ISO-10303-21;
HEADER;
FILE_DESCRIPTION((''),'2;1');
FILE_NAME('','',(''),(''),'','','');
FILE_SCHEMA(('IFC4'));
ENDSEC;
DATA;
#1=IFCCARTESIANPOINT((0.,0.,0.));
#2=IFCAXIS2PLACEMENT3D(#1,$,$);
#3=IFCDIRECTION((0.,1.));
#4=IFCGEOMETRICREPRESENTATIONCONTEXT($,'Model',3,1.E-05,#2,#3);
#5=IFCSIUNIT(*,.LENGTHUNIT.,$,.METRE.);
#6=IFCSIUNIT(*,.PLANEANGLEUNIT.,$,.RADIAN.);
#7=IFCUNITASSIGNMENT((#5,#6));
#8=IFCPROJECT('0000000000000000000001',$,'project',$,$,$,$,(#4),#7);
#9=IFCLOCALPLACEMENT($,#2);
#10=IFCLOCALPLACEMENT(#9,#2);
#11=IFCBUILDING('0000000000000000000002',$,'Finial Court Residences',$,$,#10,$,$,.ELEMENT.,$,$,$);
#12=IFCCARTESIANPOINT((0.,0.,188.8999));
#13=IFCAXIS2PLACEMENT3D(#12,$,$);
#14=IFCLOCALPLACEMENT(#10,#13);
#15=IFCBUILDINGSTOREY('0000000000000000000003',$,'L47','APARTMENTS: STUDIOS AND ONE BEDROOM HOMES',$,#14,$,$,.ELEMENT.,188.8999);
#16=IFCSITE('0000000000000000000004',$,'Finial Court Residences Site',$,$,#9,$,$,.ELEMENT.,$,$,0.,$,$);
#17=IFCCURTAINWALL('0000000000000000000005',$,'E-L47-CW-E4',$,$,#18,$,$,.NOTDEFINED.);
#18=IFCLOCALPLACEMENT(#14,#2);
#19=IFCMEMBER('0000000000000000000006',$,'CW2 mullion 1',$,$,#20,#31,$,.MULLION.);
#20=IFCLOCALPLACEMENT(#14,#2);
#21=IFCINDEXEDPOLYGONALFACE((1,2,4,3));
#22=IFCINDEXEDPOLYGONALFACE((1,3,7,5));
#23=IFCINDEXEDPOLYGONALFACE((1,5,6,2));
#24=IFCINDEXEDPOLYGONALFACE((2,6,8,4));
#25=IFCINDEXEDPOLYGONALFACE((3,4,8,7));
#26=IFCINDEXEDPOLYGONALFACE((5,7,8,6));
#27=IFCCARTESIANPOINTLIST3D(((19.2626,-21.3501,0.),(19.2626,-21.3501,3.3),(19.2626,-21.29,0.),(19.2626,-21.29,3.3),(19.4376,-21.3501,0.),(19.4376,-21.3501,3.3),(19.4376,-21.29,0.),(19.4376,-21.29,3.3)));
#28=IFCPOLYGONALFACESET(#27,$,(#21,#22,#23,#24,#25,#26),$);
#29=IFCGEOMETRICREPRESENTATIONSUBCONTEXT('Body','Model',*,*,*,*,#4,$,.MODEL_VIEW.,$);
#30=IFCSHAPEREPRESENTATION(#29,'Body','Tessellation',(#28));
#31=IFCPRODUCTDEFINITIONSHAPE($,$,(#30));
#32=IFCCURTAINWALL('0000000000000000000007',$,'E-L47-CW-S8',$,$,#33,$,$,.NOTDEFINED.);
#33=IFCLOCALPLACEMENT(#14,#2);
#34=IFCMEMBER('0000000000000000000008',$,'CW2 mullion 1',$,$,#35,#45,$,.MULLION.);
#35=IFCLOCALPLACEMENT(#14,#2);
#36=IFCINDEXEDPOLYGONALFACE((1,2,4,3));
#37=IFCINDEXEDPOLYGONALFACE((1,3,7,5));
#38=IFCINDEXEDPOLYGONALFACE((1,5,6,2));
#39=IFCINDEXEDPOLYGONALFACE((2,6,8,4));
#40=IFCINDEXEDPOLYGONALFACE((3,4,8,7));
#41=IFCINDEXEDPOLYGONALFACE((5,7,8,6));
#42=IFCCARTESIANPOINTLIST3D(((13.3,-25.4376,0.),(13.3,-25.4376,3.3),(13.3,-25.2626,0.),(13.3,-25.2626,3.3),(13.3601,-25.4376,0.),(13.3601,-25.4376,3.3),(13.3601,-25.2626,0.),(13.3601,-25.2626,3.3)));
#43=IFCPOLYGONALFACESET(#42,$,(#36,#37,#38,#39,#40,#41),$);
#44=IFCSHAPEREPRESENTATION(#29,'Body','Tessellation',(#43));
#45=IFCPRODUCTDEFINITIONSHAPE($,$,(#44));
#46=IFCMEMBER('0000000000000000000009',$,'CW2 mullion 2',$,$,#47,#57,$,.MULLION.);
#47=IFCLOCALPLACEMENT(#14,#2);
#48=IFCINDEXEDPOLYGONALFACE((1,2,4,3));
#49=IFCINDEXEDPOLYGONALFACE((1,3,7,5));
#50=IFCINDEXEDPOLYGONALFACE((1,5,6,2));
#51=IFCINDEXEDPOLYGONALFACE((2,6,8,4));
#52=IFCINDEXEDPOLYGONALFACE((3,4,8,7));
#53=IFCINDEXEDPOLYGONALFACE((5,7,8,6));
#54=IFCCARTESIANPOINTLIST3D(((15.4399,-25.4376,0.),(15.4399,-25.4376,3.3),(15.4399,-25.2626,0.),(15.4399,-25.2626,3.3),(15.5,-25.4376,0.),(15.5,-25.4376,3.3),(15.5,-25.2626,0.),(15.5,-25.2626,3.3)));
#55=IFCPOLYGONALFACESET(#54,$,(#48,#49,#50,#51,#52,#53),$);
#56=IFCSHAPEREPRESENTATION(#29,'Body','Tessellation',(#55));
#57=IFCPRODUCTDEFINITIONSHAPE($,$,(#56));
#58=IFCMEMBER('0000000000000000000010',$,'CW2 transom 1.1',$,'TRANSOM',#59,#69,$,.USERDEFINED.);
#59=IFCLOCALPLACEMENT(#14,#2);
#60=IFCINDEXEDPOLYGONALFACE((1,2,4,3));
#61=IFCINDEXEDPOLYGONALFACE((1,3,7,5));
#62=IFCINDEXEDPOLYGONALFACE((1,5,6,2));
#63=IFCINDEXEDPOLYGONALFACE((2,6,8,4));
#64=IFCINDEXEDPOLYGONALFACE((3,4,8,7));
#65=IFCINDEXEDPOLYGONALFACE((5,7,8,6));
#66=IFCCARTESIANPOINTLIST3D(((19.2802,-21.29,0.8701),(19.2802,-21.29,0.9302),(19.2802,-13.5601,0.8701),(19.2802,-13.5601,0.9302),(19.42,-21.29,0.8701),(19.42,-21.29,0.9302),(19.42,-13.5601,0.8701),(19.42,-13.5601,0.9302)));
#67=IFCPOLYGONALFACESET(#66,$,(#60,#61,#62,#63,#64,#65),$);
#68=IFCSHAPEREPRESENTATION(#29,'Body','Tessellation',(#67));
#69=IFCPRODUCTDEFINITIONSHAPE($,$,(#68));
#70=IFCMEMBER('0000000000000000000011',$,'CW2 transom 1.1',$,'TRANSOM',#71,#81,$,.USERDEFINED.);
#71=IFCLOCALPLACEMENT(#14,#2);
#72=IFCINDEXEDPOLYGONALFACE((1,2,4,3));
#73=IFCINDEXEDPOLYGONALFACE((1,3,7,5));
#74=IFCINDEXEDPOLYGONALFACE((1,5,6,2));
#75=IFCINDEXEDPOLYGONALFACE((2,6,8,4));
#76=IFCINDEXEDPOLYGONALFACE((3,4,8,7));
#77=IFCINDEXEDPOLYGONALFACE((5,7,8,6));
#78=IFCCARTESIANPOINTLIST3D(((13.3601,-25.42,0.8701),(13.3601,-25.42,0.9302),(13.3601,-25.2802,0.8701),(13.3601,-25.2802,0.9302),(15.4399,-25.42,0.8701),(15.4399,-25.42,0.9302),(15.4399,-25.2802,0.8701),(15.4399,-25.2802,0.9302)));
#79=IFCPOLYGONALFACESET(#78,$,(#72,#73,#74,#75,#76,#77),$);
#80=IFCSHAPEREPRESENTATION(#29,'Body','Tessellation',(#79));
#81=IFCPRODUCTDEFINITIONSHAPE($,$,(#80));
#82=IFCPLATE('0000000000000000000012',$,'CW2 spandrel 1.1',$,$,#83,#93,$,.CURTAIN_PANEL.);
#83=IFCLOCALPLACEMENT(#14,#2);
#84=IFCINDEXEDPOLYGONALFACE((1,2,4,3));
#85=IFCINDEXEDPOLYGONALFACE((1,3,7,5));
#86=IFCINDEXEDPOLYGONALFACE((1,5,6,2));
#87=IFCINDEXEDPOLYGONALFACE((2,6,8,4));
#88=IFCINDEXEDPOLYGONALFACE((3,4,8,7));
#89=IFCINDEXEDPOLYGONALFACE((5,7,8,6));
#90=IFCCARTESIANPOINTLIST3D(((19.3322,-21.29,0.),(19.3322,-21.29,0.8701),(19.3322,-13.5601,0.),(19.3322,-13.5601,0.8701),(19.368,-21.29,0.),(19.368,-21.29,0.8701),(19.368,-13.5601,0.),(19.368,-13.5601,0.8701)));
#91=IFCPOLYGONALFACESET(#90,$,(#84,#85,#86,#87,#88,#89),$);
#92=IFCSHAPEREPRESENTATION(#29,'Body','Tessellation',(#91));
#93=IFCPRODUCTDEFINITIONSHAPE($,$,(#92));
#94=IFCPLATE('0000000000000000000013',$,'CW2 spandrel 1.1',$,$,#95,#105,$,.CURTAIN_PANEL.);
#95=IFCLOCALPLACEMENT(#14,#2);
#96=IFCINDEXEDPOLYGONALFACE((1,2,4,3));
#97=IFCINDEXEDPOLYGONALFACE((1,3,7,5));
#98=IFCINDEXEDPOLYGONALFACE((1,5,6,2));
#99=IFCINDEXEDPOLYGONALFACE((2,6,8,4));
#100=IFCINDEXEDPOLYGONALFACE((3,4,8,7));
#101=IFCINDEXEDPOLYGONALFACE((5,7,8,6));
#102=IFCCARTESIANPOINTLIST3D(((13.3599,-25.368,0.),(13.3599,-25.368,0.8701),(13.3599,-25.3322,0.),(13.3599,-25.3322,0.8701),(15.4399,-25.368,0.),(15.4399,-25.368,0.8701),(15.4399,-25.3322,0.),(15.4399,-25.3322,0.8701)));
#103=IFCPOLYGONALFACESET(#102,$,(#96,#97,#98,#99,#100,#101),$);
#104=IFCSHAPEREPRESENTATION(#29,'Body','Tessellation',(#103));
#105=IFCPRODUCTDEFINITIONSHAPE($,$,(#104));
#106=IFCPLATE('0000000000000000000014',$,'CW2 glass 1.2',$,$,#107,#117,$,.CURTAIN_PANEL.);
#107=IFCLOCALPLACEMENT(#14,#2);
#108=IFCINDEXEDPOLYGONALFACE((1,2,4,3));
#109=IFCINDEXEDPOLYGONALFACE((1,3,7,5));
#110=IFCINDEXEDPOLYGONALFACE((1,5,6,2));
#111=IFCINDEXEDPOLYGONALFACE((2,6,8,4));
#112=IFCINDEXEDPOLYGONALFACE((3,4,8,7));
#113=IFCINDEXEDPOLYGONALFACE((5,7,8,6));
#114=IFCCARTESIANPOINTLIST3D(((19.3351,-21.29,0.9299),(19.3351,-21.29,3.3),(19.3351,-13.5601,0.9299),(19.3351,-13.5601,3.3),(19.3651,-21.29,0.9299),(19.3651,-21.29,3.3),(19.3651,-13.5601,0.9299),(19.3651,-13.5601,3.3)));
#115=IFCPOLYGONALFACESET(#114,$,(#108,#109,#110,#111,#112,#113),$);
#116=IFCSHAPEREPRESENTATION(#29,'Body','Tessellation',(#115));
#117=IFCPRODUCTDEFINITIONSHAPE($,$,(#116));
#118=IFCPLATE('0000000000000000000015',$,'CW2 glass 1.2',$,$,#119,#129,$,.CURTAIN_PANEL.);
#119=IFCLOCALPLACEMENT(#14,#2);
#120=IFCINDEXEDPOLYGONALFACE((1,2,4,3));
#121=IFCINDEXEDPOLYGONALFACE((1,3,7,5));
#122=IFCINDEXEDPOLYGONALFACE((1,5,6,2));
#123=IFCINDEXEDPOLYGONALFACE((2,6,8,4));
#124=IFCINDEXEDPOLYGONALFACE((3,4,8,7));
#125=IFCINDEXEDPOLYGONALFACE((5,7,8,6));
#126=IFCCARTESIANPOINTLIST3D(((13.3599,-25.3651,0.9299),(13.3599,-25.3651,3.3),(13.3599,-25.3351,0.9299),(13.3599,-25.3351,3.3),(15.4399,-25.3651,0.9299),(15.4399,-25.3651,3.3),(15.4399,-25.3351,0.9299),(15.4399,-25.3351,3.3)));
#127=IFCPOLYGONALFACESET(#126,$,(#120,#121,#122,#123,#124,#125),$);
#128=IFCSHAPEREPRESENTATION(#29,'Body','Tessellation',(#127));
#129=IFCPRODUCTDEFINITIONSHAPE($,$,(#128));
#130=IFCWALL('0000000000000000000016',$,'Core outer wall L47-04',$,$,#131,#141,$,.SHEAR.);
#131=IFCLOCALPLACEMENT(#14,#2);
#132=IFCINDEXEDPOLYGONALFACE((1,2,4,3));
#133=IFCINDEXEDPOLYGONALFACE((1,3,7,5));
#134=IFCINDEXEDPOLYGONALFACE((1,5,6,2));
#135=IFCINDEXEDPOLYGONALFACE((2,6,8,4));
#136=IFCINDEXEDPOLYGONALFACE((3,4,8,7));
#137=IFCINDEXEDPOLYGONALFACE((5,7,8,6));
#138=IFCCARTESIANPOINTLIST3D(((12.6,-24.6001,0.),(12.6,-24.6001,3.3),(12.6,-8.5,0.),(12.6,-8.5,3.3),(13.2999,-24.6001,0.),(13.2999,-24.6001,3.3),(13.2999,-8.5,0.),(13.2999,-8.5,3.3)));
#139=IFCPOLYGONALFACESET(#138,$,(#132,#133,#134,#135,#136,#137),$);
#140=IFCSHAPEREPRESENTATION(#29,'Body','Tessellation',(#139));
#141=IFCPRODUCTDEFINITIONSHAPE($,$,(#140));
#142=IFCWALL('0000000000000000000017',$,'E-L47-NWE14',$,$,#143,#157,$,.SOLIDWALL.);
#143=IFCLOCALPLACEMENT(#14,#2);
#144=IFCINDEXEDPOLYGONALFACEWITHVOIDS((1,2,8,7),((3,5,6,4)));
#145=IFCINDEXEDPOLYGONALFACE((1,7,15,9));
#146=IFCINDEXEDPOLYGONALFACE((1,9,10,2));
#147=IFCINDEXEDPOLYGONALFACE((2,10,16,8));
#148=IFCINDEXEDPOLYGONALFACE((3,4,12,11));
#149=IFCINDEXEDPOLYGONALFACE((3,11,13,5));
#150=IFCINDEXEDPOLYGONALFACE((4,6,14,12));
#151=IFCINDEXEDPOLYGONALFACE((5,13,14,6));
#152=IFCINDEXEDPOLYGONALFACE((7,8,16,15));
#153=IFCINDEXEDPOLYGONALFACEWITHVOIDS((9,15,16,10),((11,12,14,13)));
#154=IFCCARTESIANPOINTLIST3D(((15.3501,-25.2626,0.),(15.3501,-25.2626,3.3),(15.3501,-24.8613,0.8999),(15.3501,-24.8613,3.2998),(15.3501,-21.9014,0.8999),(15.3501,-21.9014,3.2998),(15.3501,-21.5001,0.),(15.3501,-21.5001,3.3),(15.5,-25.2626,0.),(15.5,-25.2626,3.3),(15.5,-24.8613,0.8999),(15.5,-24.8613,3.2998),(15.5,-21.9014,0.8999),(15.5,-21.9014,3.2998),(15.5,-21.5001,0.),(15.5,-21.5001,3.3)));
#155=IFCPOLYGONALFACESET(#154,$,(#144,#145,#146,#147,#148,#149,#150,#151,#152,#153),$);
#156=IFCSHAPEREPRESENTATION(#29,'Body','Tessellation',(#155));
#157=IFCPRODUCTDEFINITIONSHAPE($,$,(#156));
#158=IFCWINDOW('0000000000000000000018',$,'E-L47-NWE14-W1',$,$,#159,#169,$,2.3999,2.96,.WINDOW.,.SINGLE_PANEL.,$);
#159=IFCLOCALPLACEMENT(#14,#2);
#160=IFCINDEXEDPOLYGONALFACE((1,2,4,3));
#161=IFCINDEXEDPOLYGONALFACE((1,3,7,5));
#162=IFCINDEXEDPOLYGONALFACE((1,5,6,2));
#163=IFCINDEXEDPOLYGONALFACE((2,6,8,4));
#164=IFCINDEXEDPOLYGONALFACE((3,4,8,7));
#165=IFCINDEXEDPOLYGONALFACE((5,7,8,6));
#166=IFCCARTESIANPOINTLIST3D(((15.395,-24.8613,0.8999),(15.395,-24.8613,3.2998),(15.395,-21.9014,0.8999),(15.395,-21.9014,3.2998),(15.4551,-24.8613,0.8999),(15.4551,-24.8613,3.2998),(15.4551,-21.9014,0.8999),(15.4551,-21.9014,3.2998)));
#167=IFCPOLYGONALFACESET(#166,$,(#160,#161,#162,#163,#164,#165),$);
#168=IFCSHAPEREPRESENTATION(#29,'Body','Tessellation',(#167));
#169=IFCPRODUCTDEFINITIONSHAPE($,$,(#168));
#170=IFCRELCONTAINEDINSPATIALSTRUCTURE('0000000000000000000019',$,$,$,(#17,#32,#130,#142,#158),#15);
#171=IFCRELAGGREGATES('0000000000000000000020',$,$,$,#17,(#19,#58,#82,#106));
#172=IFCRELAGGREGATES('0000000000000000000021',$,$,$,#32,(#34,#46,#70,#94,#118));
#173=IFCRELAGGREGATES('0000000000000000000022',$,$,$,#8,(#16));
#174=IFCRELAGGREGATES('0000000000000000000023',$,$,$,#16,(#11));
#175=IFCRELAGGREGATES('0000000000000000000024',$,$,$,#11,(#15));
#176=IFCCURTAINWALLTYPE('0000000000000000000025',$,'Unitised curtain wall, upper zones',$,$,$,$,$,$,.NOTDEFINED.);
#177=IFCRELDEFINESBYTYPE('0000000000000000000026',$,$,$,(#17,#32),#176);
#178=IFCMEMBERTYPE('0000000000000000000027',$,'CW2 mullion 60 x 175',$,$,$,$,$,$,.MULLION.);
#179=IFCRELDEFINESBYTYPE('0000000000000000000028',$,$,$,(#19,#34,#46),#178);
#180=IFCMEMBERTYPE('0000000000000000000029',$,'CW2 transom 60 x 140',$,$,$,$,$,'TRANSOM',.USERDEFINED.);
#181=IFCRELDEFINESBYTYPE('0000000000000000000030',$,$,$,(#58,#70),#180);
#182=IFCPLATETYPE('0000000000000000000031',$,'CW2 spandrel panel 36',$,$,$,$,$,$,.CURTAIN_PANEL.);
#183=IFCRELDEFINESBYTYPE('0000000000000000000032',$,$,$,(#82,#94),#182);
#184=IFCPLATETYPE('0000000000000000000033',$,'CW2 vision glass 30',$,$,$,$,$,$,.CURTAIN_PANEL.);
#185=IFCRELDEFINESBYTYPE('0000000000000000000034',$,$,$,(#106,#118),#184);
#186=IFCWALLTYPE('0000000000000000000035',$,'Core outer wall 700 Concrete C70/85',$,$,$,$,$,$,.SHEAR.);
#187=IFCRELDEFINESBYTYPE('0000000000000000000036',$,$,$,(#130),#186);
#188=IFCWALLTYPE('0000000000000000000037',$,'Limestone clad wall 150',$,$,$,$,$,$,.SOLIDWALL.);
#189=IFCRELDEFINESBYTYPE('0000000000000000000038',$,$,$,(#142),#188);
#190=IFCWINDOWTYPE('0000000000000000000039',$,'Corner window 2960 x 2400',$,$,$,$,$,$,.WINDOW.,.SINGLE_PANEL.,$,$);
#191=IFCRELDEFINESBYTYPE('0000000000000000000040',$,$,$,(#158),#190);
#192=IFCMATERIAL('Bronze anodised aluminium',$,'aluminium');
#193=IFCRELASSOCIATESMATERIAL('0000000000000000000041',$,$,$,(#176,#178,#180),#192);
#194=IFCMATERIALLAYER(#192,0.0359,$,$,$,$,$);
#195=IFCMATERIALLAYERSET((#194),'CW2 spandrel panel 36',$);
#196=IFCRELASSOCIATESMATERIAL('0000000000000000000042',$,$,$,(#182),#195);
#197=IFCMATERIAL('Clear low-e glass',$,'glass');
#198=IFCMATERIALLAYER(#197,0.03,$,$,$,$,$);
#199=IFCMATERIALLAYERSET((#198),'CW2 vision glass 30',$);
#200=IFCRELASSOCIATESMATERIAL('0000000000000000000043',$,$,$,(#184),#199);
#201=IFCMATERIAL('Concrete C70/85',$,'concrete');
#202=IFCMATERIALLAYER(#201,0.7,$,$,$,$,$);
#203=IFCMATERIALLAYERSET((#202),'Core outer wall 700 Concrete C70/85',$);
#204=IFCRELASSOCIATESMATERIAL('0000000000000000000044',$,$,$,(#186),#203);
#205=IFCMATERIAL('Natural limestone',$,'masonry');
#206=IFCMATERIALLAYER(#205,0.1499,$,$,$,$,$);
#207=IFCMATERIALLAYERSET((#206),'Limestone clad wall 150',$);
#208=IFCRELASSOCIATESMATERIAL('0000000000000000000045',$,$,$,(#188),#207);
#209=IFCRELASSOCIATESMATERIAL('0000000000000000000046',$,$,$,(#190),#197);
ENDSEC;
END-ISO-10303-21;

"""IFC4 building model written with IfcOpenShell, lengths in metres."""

from ifc_helpers import new_model, si_unit, direction, frame, frame_2d, origin, origin_2d, place, context, subcontext, project, spatial, rectangle, extrude, material, layer, layer_set, material_profile, profile_set, type_object, element, fill, aggregate, save


model = new_model("IFC4")

# Units and contexts
model_context = context("Model", 3, precision=1e-05, world=origin(), true_north=direction((0.0, 1.0)))
body_context = subcontext(model_context, "Body", "Model", "MODEL_VIEW")
ifc_project = project(units=[si_unit("LENGTHUNIT", "METRE"), si_unit("PLANEANGLEUNIT", "RADIAN")], contexts=[model_context])

# Site, building, storey
site_placement = place(None, origin())
site = spatial("IfcSite", under=ifc_project, at=site_placement, Name="Finial Court Residences Site", CompositionType="ELEMENT", RefElevation=0.0)
building_placement = place(site_placement, origin())
building = spatial("IfcBuilding", under=site, at=building_placement, Name="Finial Court Residences", CompositionType="ELEMENT")
storey_placement = place(building_placement, frame((0.0, 0.0, 188.8999)))
storey = spatial("IfcBuildingStorey", under=building, at=storey_placement, Name="L47", Description="APARTMENTS: STUDIOS AND ONE BEDROOM HOMES", CompositionType="ELEMENT", Elevation=188.8999)

# Curtain wall, member
ifc_material_1 = material(Name="Bronze anodised aluminium", Category="aluminium")
curtain_wall_type = type_object("IfcCurtainWallType", Name="Unitised curtain wall, upper zones", PredefinedType="NOTDEFINED", material=ifc_material_1)
curtain_wall_1_placement = place(storey_placement, origin())
curtain_wall_1 = element("IfcCurtainWall", 1, at=curtain_wall_1_placement, inside=storey, type_object=curtain_wall_type, Name="E-L47-CW-E4", PredefinedType="NOTDEFINED")
ifc_material_profile_1 = material_profile(ifc_material_1, rectangle(XDim=0.175, YDim=0.0601, at=origin_2d()), Name="CW2 mullion 60 x 175")
ifc_profile_set_1 = profile_set([ifc_material_profile_1], Name="Bronze anodised aluminium")
member_type_1 = type_object("IfcMemberType", Name="CW2 mullion 60 x 175", PredefinedType="MULLION", material=ifc_profile_set_1)
member_1_placement = place(storey_placement, frame((19.3501, -21.3201, 0.0), z_axis=(0.0, 0.0, 1.0), x_axis=(-1.0, 0.0, 0.0)))
member_1 = element("IfcMember", 2, at=member_1_placement, type_object=member_type_1, Name="CW2 mullion 1", PredefinedType="MULLION", context=body_context, shape_type="SweptSolid", body=[
    extrude(rectangle(XDim=0.175, YDim=0.0601, at=origin_2d()), origin(), (0.0, 0.0, 1.0), 3.3),
])

# Curtain wall, members
curtain_wall_2_placement = place(storey_placement, origin())
curtain_wall_2 = element("IfcCurtainWall", 3, at=curtain_wall_2_placement, inside=storey, type_object=curtain_wall_type, Name="E-L47-CW-S8", PredefinedType="NOTDEFINED")
member_2_placement = place(storey_placement, frame((13.3301, -25.3501, 0.0), z_axis=(0.0, 0.0, 1.0), x_axis=(0.0, 1.0, 0.0)))
member_2 = element("IfcMember", 4, at=member_2_placement, type_object=member_type_1, Name="CW2 mullion 1", PredefinedType="MULLION", context=body_context, shape_type="SweptSolid", body=[
    extrude(rectangle(XDim=0.175, YDim=0.0601, at=origin_2d()), origin(), (0.0, 0.0, 1.0), 3.3),
])
member_3_placement = place(storey_placement, frame((15.47, -25.3501, 0.0), z_axis=(0.0, 0.0, 1.0), x_axis=(0.0, 1.0, 0.0)))
member_3 = element("IfcMember", 5, at=member_3_placement, type_object=member_type_1, Name="CW2 mullion 2", PredefinedType="MULLION", context=body_context, shape_type="SweptSolid", body=[
    extrude(rectangle(XDim=0.175, YDim=0.0601, at=origin_2d()), origin(), (0.0, 0.0, 1.0), 3.3),
])

# Members
ifc_material_profile_2 = material_profile(ifc_material_1, rectangle(XDim=0.1399, YDim=0.0601, at=origin_2d()), Name="CW2 transom 60 x 140")
ifc_profile_set_2 = profile_set([ifc_material_profile_2], Name="Bronze anodised aluminium")
member_type_2 = type_object("IfcMemberType", Name="CW2 transom 60 x 140", ElementType="TRANSOM", PredefinedType="USERDEFINED", material=ifc_profile_set_2)
member_4_placement = place(storey_placement, frame((19.3501, -21.29, 0.9001), z_axis=(0.0, 1.0, 0.0), x_axis=(-1.0, 0.0, 0.0)))
member_4 = element("IfcMember", 6, at=member_4_placement, type_object=member_type_2, Name="CW2 transom 1.1", ObjectType="TRANSOM", PredefinedType="USERDEFINED", context=body_context, shape_type="SweptSolid", body=[
    extrude(rectangle(XDim=0.1399, YDim=0.0601, at=origin_2d()), origin(), (0.0, 0.0, 1.0), 7.73),
])
member_5_placement = place(storey_placement, frame((13.3601, -25.3501, 0.9001), z_axis=(1.0, 0.0, 0.0), x_axis=(0.0, 1.0, 0.0)))
member_5 = element("IfcMember", 7, at=member_5_placement, type_object=member_type_2, Name="CW2 transom 1.1", ObjectType="TRANSOM", PredefinedType="USERDEFINED", context=body_context, shape_type="SweptSolid", body=[
    extrude(rectangle(XDim=0.1399, YDim=0.0601, at=origin_2d()), origin(), (0.0, 0.0, 1.0), 2.0798),
])

# Plates
ifc_layer_1 = layer(ifc_material_1, 0.0359)
ifc_layer_set_1 = layer_set([ifc_layer_1], Name="CW2 spandrel panel 36")
plate_type_1 = type_object("IfcPlateType", Name="CW2 spandrel panel 36", PredefinedType="CURTAIN_PANEL", material=ifc_layer_set_1)
plate_1_placement = place(storey_placement, frame((19.3501, -17.425, 0.0), z_axis=(0.0, 0.0, 1.0), x_axis=(0.0, 1.0, 0.0)))
plate_1 = element("IfcPlate", 8, at=plate_1_placement, type_object=plate_type_1, Name="CW2 spandrel 1.1", PredefinedType="CURTAIN_PANEL", context=body_context, shape_type="SweptSolid", body=[
    extrude(rectangle(XDim=7.73, YDim=0.0359, at=origin_2d()), origin(), (0.0, 0.0, 1.0), 0.8701),
])
plate_2_placement = place(storey_placement, frame((14.3999, -25.3501, 0.0), z_axis=(0.0, 0.0, 1.0), x_axis=(1.0, 0.0, 0.0)))
plate_2 = element("IfcPlate", 9, at=plate_2_placement, type_object=plate_type_1, Name="CW2 spandrel 1.1", PredefinedType="CURTAIN_PANEL", context=body_context, shape_type="SweptSolid", body=[
    extrude(rectangle(XDim=2.0801, YDim=0.0359, at=origin_2d()), origin(), (0.0, 0.0, 1.0), 0.8701),
])
ifc_material_2 = material(Name="Clear low-e glass", Category="glass")
ifc_layer_2 = layer(ifc_material_2, 0.03)
ifc_layer_set_2 = layer_set([ifc_layer_2], Name="CW2 vision glass 30")
plate_type_2 = type_object("IfcPlateType", Name="CW2 vision glass 30", PredefinedType="CURTAIN_PANEL", material=ifc_layer_set_2)
plate_3_placement = place(storey_placement, frame((19.3501, -17.425, 0.9299), z_axis=(0.0, 0.0, 1.0), x_axis=(0.0, 1.0, 0.0)))
plate_3 = element("IfcPlate", 10, at=plate_3_placement, type_object=plate_type_2, Name="CW2 glass 1.2", PredefinedType="CURTAIN_PANEL", context=body_context, shape_type="SweptSolid", body=[
    extrude(rectangle(XDim=7.73, YDim=0.03, at=origin_2d()), origin(), (0.0, 0.0, 1.0), 2.3701),
])
aggregate(curtain_wall_1, [member_1, member_4, plate_1, plate_3])
plate_4_placement = place(storey_placement, frame((14.3999, -25.3501, 0.9299), z_axis=(0.0, 0.0, 1.0), x_axis=(1.0, 0.0, 0.0)))
plate_4 = element("IfcPlate", 11, at=plate_4_placement, type_object=plate_type_2, Name="CW2 glass 1.2", PredefinedType="CURTAIN_PANEL", context=body_context, shape_type="SweptSolid", body=[
    extrude(rectangle(XDim=2.0801, YDim=0.03, at=origin_2d()), origin(), (0.0, 0.0, 1.0), 2.3701),
])
aggregate(curtain_wall_2, [member_2, member_3, member_5, plate_2, plate_4])

# Wall
ifc_material_3 = material(Name="Concrete C70/85", Category="concrete")
ifc_layer_3 = layer(ifc_material_3, 0.7)
ifc_layer_set_3 = layer_set([ifc_layer_3], Name="Core outer wall 700 Concrete C70/85")
wall_type_1 = type_object("IfcWallType", Name="Core outer wall 700 Concrete C70/85", PredefinedType="SHEAR", material=ifc_layer_set_3)
wall_1_placement = place(storey_placement, frame((12.95, -24.6001, 0.0), z_axis=(0.0, 0.0, 1.0), x_axis=(0.0, 1.0, 0.0)))
element("IfcWall", 12, at=wall_1_placement, inside=storey, type_object=wall_type_1, Name="Core outer wall L47-04", PredefinedType="SHEAR", context=body_context, shape_type="SweptSolid", body=[
    extrude(rectangle(XDim=16.1001, YDim=0.7, at=frame_2d((8.05, 0.0))), origin(), (0.0, 0.0, 1.0), 3.3),
])

# Wall, opening, window
ifc_material_4 = material(Name="Natural limestone", Category="masonry")
ifc_layer_4 = layer(ifc_material_4, 0.1499)
ifc_layer_set_4 = layer_set([ifc_layer_4], Name="Limestone clad wall 150")
wall_type_2 = type_object("IfcWallType", Name="Limestone clad wall 150", PredefinedType="SOLIDWALL", material=ifc_layer_set_4)
wall_2_placement = place(storey_placement, frame((15.425, -21.5, 0.0), z_axis=(0.0, 0.0, 1.0), x_axis=(0.0, -1.0, 0.0)))
wall_2 = element("IfcWall", 13, at=wall_2_placement, inside=storey, type_object=wall_type_2, Name="E-L47-NWE14", PredefinedType="SOLIDWALL", context=body_context, shape_type="SweptSolid", body=[
    extrude(rectangle(XDim=3.7625, YDim=0.1499, at=frame_2d((1.8813, 0.0))), origin(), (0.0, 0.0, 1.0), 3.3),
])
opening_1_placement = place(wall_2_placement, frame((0.4014, 0.0, 0.8999)))
opening_1 = element("IfcOpeningElement", 14, at=opening_1_placement, cuts=wall_2, PredefinedType="OPENING", context=body_context, shape_type="SweptSolid", body=[
    extrude(rectangle(XDim=2.96, YDim=2.3999, at=frame_2d((1.48, 1.2))), frame((0.0, 0.085, 0.0), z_axis=(0.0, -1.0, 0.0), x_axis=(1.0, 0.0, 0.0)), (0.0, 0.0, 1.0), 0.1699),
])
window_type_1 = type_object("IfcWindowType", Name="Corner window 2960 x 2400", PartitioningType="SINGLE_PANEL", PredefinedType="WINDOW", material=ifc_material_2)
window_1_placement = place(opening_1_placement, origin())
window_1 = element("IfcWindow", 15, at=window_1_placement, inside=storey, type_object=window_type_1, Name="E-L47-NWE14-W1", OverallHeight=2.3999, OverallWidth=2.96, PartitioningType="SINGLE_PANEL", PredefinedType="WINDOW", context=body_context, shape_type="SweptSolid", body=[
    extrude(rectangle(XDim=2.96, YDim=2.3999, at=frame_2d((1.48, 1.2))), frame((0.0, 0.03, 0.0), z_axis=(0.0, -1.0, 0.0), x_axis=(1.0, 0.0, 0.0)), (0.0, 0.0, 1.0), 0.0601),
])
fill(opening_1, window_1)

save(model, "model.ifc")
